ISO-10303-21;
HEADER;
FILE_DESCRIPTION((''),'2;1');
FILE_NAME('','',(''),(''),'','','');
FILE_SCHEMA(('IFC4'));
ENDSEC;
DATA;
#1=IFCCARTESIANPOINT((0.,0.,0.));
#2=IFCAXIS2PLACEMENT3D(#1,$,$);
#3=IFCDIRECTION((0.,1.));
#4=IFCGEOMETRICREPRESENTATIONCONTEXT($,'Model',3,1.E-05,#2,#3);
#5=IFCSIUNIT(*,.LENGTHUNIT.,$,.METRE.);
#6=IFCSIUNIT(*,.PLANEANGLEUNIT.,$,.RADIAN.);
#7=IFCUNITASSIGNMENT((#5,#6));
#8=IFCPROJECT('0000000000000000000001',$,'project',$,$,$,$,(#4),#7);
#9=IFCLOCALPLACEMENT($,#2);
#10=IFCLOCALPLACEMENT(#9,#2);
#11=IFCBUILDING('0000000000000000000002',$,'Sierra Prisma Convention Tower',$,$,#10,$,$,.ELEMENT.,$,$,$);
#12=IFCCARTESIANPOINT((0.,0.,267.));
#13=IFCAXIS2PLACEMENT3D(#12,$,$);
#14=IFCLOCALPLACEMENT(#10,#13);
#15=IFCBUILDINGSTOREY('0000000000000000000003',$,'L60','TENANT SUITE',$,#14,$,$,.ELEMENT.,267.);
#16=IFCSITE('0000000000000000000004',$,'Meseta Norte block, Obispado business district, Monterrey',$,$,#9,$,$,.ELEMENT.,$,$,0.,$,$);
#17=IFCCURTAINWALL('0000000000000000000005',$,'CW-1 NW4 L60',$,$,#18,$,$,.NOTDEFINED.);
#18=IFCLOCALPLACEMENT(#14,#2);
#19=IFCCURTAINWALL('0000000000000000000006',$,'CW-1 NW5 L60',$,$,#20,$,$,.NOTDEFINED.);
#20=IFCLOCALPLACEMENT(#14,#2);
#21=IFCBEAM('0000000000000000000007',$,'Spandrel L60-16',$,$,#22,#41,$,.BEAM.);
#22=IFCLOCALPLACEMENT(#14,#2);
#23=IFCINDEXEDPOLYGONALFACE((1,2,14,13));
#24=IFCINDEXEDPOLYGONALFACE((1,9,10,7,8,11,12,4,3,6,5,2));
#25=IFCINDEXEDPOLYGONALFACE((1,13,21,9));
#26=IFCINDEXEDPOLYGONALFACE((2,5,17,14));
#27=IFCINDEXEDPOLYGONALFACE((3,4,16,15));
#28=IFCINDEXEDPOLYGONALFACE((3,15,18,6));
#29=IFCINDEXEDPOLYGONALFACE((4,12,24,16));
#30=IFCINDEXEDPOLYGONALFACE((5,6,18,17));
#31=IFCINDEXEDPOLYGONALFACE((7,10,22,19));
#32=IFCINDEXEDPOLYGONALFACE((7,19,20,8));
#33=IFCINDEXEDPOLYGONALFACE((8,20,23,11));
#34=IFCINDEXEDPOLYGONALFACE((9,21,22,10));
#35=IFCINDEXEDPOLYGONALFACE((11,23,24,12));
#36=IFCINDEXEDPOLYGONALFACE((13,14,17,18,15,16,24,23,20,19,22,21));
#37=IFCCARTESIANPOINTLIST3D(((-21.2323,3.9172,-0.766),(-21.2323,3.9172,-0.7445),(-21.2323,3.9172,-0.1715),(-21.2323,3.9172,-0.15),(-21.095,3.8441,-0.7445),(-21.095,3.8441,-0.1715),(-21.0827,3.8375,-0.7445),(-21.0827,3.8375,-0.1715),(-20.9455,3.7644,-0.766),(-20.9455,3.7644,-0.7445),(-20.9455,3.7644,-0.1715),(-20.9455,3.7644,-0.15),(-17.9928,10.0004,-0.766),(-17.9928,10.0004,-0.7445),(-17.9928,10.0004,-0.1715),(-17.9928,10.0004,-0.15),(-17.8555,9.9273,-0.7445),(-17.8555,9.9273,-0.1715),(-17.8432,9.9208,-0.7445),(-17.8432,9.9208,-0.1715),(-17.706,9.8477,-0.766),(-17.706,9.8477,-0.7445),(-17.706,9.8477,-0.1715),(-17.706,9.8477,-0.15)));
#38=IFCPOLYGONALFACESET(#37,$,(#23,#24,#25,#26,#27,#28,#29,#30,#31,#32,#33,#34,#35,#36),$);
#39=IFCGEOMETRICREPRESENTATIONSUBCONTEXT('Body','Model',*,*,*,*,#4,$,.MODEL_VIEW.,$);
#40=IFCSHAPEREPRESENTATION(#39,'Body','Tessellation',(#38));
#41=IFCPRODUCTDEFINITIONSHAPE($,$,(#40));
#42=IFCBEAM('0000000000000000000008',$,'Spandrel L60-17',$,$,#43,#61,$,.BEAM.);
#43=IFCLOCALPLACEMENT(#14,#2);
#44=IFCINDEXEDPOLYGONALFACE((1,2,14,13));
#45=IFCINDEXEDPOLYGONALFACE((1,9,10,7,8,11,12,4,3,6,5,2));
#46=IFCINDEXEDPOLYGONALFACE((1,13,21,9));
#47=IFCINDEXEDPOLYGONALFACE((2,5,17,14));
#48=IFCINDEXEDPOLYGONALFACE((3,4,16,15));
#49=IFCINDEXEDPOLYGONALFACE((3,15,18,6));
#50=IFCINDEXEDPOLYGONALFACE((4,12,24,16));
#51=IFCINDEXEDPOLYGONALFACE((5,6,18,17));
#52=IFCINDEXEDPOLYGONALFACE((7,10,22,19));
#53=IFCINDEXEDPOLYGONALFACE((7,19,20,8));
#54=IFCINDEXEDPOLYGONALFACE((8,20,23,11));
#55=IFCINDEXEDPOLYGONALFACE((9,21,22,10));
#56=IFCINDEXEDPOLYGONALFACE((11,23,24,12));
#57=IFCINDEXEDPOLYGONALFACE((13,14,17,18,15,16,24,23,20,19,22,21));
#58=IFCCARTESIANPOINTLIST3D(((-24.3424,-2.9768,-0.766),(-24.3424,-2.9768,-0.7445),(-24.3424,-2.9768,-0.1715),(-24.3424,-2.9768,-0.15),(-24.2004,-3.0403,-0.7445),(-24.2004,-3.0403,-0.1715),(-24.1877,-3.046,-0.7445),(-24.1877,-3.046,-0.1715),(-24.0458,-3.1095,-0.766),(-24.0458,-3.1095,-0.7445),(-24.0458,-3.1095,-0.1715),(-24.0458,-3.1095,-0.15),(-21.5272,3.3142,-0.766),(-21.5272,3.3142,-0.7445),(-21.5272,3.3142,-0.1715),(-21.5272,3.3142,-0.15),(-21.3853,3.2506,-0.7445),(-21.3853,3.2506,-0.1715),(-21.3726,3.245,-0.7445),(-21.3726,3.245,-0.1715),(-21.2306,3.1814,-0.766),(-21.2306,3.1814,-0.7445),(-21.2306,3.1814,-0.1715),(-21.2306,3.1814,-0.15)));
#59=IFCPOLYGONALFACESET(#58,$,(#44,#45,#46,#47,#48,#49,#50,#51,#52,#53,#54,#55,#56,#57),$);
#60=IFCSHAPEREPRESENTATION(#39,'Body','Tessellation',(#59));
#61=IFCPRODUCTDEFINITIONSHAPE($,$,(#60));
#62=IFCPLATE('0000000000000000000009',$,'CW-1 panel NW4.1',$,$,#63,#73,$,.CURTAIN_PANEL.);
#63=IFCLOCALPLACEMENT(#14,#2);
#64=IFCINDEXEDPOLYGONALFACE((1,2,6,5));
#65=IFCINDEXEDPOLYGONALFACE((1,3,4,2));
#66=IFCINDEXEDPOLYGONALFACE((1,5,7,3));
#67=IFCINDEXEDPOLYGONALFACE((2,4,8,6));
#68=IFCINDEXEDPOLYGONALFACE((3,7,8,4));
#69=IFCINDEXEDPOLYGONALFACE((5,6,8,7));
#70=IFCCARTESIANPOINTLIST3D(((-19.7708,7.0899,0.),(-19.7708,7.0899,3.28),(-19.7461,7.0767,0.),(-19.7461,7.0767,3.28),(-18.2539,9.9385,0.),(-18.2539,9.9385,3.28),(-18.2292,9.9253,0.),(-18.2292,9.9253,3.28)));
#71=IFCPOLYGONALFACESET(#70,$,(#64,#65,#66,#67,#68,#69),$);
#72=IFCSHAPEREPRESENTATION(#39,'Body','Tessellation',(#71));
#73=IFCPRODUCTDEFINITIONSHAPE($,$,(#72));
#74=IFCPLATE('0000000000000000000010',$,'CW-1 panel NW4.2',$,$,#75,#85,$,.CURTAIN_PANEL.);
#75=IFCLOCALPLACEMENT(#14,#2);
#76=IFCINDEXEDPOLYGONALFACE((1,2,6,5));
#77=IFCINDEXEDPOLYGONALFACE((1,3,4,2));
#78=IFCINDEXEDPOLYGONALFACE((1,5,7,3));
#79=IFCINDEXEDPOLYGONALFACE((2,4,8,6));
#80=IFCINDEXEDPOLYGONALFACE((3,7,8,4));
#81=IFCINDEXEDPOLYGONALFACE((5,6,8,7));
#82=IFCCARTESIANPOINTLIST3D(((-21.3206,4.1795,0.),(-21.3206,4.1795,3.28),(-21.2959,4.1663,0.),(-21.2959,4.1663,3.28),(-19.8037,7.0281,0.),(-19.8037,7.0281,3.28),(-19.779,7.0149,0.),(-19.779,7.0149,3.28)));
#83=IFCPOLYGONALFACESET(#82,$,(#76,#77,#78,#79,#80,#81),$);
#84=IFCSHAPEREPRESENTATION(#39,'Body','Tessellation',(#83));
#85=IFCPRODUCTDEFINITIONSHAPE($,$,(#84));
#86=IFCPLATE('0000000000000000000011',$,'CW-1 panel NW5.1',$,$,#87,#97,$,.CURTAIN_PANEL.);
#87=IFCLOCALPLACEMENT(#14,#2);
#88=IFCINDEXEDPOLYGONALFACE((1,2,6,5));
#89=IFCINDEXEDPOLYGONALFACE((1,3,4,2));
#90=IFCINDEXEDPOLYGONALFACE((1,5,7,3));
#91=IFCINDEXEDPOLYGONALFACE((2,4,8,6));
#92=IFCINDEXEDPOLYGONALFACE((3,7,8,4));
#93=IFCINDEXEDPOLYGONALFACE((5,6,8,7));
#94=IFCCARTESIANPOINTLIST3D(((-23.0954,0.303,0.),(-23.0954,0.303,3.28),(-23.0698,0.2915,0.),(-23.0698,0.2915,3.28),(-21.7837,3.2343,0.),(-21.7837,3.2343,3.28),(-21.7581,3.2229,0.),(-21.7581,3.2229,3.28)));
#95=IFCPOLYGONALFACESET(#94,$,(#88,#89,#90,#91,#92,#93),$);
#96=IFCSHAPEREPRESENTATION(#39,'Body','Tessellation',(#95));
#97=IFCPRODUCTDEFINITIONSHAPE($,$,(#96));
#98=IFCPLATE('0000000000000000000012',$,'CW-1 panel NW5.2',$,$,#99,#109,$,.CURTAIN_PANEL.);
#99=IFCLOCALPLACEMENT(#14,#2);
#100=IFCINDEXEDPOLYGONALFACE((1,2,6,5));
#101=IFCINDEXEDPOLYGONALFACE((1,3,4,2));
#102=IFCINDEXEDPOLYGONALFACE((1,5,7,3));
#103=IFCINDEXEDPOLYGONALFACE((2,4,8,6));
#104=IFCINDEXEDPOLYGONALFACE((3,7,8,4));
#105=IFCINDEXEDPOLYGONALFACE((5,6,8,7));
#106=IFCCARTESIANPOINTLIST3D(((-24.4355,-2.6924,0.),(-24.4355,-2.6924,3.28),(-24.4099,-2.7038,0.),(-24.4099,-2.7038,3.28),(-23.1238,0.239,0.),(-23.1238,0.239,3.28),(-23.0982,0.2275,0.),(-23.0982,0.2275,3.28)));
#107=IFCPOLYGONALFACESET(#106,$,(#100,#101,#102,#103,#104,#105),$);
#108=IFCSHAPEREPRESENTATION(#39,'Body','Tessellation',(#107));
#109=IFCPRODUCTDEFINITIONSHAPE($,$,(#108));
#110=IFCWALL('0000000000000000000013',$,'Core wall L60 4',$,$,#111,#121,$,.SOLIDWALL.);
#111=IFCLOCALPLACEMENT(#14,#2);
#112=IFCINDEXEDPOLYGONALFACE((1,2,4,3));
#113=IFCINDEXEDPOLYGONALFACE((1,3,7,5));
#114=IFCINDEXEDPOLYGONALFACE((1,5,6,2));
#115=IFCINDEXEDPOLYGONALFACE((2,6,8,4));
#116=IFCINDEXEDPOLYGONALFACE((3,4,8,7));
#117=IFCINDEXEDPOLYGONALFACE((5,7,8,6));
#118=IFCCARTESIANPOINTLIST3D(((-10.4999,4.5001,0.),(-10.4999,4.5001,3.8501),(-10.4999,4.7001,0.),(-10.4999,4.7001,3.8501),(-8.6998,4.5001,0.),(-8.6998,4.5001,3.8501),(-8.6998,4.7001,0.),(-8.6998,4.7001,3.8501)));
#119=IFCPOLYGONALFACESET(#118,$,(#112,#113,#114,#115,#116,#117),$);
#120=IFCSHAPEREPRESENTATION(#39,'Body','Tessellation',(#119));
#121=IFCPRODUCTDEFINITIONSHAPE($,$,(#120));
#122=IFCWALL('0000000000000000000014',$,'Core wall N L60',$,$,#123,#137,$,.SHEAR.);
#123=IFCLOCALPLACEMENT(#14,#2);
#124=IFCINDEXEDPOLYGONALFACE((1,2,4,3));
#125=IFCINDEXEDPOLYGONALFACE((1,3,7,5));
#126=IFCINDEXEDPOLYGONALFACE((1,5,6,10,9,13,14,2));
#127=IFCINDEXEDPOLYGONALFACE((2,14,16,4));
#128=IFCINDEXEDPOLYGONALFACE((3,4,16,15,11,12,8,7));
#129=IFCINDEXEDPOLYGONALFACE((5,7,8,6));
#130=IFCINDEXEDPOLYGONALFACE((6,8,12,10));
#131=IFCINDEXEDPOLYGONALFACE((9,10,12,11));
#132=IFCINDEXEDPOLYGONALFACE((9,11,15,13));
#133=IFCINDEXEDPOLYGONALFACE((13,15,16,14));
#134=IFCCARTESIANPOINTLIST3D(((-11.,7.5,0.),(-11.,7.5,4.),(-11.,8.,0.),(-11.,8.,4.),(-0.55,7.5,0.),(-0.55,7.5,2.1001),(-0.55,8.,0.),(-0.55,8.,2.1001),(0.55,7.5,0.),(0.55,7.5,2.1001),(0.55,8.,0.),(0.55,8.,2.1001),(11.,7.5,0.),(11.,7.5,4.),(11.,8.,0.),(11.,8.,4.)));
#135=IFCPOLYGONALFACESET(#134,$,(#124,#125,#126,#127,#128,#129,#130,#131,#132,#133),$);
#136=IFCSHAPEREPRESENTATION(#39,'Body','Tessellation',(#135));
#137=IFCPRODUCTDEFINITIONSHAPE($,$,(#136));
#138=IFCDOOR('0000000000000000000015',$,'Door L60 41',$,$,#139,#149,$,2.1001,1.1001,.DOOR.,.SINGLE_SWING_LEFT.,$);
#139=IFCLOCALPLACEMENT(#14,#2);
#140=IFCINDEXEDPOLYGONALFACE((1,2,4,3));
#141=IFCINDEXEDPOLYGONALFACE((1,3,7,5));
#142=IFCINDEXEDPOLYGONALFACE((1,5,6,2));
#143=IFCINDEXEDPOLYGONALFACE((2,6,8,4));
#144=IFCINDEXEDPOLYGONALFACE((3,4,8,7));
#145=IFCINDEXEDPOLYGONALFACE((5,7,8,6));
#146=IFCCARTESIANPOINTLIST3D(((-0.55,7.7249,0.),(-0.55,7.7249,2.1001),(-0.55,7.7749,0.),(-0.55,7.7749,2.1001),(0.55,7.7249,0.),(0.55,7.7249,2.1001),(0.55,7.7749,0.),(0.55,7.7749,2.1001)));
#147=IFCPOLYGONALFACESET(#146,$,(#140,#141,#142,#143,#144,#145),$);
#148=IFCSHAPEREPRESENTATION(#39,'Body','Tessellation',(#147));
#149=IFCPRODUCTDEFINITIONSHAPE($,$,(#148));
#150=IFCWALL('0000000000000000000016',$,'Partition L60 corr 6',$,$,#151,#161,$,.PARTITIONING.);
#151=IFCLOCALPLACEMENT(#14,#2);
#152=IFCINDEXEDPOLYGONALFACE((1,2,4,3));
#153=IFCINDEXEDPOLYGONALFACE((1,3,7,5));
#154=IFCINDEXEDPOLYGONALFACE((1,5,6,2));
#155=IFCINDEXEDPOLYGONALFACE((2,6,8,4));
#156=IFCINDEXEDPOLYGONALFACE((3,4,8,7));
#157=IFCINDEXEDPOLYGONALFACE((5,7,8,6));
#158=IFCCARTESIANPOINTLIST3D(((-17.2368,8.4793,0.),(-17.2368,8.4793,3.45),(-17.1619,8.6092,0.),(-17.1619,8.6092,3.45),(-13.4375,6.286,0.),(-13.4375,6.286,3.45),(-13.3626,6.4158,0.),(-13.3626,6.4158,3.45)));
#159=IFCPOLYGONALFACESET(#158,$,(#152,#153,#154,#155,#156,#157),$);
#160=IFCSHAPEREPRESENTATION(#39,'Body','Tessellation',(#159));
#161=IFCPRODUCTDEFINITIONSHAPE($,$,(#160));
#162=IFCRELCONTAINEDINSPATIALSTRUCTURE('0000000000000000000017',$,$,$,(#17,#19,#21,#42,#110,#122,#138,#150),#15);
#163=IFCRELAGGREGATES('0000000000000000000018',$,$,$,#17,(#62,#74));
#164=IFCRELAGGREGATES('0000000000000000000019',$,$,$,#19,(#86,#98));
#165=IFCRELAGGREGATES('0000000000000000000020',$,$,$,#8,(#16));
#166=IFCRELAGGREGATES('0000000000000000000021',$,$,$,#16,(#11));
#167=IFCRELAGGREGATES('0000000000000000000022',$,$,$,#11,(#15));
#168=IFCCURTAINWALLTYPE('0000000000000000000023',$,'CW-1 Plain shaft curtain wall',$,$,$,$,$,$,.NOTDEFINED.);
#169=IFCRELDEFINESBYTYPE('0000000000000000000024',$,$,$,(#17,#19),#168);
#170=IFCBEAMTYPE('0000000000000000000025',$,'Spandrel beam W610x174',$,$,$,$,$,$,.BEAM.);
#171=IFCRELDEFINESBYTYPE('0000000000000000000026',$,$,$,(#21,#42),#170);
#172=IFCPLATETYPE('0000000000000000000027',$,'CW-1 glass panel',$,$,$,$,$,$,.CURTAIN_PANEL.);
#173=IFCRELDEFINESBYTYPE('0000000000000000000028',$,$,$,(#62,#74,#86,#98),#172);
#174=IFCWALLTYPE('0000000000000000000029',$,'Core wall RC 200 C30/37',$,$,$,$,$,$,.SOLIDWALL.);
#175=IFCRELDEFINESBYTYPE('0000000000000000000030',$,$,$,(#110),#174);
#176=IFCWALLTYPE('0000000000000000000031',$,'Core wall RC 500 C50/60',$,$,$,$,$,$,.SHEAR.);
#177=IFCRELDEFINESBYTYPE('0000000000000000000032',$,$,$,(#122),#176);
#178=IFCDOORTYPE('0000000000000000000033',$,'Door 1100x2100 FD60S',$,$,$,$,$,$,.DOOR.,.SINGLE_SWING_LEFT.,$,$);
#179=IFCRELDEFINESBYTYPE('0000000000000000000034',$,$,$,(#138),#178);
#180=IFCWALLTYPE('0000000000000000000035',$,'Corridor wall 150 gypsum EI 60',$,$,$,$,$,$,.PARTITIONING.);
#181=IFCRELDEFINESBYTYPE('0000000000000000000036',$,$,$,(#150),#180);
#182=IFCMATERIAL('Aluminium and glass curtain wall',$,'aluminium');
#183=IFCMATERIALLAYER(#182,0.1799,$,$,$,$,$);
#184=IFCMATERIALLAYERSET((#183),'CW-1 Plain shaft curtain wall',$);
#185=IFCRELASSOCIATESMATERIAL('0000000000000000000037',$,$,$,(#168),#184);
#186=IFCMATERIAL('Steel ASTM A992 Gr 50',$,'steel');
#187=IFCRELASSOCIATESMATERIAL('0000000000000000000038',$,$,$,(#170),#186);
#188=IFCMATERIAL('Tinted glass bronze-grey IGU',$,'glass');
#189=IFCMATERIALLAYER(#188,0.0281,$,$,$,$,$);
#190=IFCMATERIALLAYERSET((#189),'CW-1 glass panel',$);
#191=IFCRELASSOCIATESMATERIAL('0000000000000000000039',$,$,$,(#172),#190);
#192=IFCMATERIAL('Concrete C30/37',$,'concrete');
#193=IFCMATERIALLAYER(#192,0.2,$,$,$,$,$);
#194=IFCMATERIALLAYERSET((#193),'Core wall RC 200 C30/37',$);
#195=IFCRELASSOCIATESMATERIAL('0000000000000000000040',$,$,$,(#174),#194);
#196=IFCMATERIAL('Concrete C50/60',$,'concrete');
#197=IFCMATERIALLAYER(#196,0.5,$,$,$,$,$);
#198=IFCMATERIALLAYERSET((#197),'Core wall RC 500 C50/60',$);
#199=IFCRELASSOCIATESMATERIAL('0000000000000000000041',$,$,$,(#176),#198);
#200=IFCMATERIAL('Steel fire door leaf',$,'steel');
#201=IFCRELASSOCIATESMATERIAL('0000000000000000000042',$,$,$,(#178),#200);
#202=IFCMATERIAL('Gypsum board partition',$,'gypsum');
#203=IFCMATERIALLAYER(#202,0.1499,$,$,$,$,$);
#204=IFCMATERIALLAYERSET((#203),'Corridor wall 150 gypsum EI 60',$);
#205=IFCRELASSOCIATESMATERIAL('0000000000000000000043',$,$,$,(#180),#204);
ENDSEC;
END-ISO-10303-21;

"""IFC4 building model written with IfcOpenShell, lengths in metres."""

from ifc_helpers import new_model, si_unit, direction, frame, frame_2d, origin, origin_2d, place, context, subcontext, project, spatial, rectangle, i_section, extrude, material, layer, layer_set, material_profile, profile_set, type_object, element, fill, aggregate, save


model = new_model("IFC4")

# Units and contexts
model_context = context("Model", 3, precision=1e-05, world=origin(), true_north=direction((0.0, 1.0)))
body_context = subcontext(model_context, "Body", "Model", "MODEL_VIEW")
ifc_project = project(units=[si_unit("LENGTHUNIT", "METRE"), si_unit("PLANEANGLEUNIT", "RADIAN")], contexts=[model_context])

# Site, building, storey
site_placement = place(None, origin())
site = spatial("IfcSite", under=ifc_project, at=site_placement, Name="Meseta Norte block, Obispado business district, Monterrey", CompositionType="ELEMENT", RefElevation=0.0)
building_placement = place(site_placement, origin())
building = spatial("IfcBuilding", under=site, at=building_placement, Name="Sierra Prisma Convention Tower", CompositionType="ELEMENT")
storey_placement = place(building_placement, frame((0.0, 0.0, 267.0)))
storey = spatial("IfcBuildingStorey", under=building, at=storey_placement, Name="L60", Description="TENANT SUITE", CompositionType="ELEMENT", Elevation=267.0)

# Curtain wall
ifc_material_1 = material(Name="Aluminium and glass curtain wall", Category="aluminium")
ifc_layer_1 = layer(ifc_material_1, 0.1799)
ifc_layer_set_1 = layer_set([ifc_layer_1], Name="CW-1 Plain shaft curtain wall")
curtain_wall_type = type_object("IfcCurtainWallType", Name="CW-1 Plain shaft curtain wall", PredefinedType="NOTDEFINED", material=ifc_layer_set_1)
curtain_wall_1_placement = place(storey_placement, origin())
curtain_wall_1 = element("IfcCurtainWall", 1, at=curtain_wall_1_placement, inside=storey, type_object=curtain_wall_type, Name="CW-1 NW4 L60", PredefinedType="NOTDEFINED")

# Curtain wall
curtain_wall_2_placement = place(storey_placement, origin())
curtain_wall_2 = element("IfcCurtainWall", 2, at=curtain_wall_2_placement, inside=storey, type_object=curtain_wall_type, Name="CW-1 NW5 L60", PredefinedType="NOTDEFINED")

# Beams
ifc_material_2 = material(Name="Steel ASTM A992 Gr 50", Category="steel")
ifc_material_profile_1 = material_profile(ifc_material_2, i_section(OverallWidth=0.325, OverallDepth=0.616, WebThickness=0.0139, FlangeThickness=0.0215, at=origin_2d()), Name="W610x174")
ifc_profile_set_1 = profile_set([ifc_material_profile_1], Name="Steel ASTM A992 Gr 50")
beam_type_1 = type_object("IfcBeamType", Name="Spandrel beam W610x174", PredefinedType="BEAM", material=ifc_profile_set_1)
for number, where, z_axis, x_axis, name in (
    (3, (-17.8494, 9.9241, -0.458), (-0.470035, -0.882648, 0.0), (0.882648, -0.470035, 0.0), "Spandrel L60-16"),
    (4, (-21.3789, 3.2478, -0.458), (-0.408461, -0.912776, 0.0), (0.912776, -0.408461, 0.0), "Spandrel L60-17"),
):
    element("IfcBeam", number, at=place(storey_placement, frame(where, z_axis=z_axis, x_axis=x_axis)), inside=storey, type_object=beam_type_1, Name=name, PredefinedType="BEAM", context=body_context, shape_type="SweptSolid", body=[
        extrude(i_section(OverallWidth=0.325, OverallDepth=0.616, WebThickness=0.0139, FlangeThickness=0.0215, at=origin_2d()), origin(), (0.0, 0.0, 1.0), 6.8921),
    ])

# Plates
ifc_material_3 = material(Name="Tinted glass bronze-grey IGU", Category="glass")
ifc_layer_2 = layer(ifc_material_3, 0.0281)
ifc_layer_set_2 = layer_set([ifc_layer_2], Name="CW-1 glass panel")
plate_type = type_object("IfcPlateType", Name="CW-1 glass panel", PredefinedType="CURTAIN_PANEL", material=ifc_layer_set_2)
plate_1_placement = place(storey_placement, frame((-19.0, 8.5076, 0.0), z_axis=(0.0, 0.0, 1.0), x_axis=(-0.470023, -0.882654, 0.0)))
plate_1 = element("IfcPlate", 5, at=plate_1_placement, type_object=plate_type, Name="CW-1 panel NW4.1", PredefinedType="CURTAIN_PANEL", context=body_context, shape_type="SweptSolid", body=[
    extrude(rectangle(XDim=3.2273, YDim=0.0281, at=origin_2d()), origin(), (0.0, 0.0, 1.0), 3.28),
])
plate_2_placement = place(storey_placement, frame((-20.5498, 5.5972, 0.0), z_axis=(0.0, 0.0, 1.0), x_axis=(-0.470023, -0.882654, 0.0)))
plate_2 = element("IfcPlate", 6, at=plate_2_placement, type_object=plate_type, Name="CW-1 panel NW4.2", PredefinedType="CURTAIN_PANEL", context=body_context, shape_type="SweptSolid", body=[
    extrude(rectangle(XDim=3.2273, YDim=0.0281, at=origin_2d()), origin(), (0.0, 0.0, 1.0), 3.28),
])
aggregate(curtain_wall_1, [plate_1, plate_2])
plate_3_placement = place(storey_placement, frame((-22.4268, 1.7629, 0.0), z_axis=(0.0, 0.0, 1.0), x_axis=(-0.408447, -0.912782, 0.0)))
plate_3 = element("IfcPlate", 7, at=plate_3_placement, type_object=plate_type, Name="CW-1 panel NW5.1", PredefinedType="CURTAIN_PANEL", context=body_context, shape_type="SweptSolid", body=[
    extrude(rectangle(XDim=3.2114, YDim=0.0281, at=origin_2d()), origin(), (0.0, 0.0, 1.0), 3.28),
])
plate_4_placement = place(storey_placement, frame((-23.7668, -1.2324, 0.0), z_axis=(0.0, 0.0, 1.0), x_axis=(-0.408447, -0.912782, 0.0)))
plate_4 = element("IfcPlate", 8, at=plate_4_placement, type_object=plate_type, Name="CW-1 panel NW5.2", PredefinedType="CURTAIN_PANEL", context=body_context, shape_type="SweptSolid", body=[
    extrude(rectangle(XDim=3.2114, YDim=0.0281, at=origin_2d()), origin(), (0.0, 0.0, 1.0), 3.28),
])
aggregate(curtain_wall_2, [plate_3, plate_4])

# Shared definitions
ifc_material_4 = material(Name="Concrete C30/37", Category="concrete")
ifc_layer_3 = layer(ifc_material_4, 0.2)
ifc_layer_set_3 = layer_set([ifc_layer_3], Name="Core wall RC 200 C30/37")
wall_type_1 = type_object("IfcWallType", Name="Core wall RC 200 C30/37", PredefinedType="SOLIDWALL", material=ifc_layer_set_3)

# Wall
wall_1_placement = place(storey_placement, frame((-8.7, 4.6001, 0.0), z_axis=(0.0, 0.0, 1.0), x_axis=(-1.0, 0.0, 0.0)))
element("IfcWall", 9, at=wall_1_placement, inside=storey, type_object=wall_type_1, Name="Core wall L60 4", PredefinedType="SOLIDWALL", context=body_context, shape_type="SweptSolid", body=[
    extrude(rectangle(XDim=1.8, YDim=0.2, at=frame_2d((0.8999, 0.0))), origin(), (0.0, 0.0, 1.0), 3.8501),
])

# Wall, opening, door
ifc_material_5 = material(Name="Concrete C50/60", Category="concrete")
ifc_layer_4 = layer(ifc_material_5, 0.5)
ifc_layer_set_4 = layer_set([ifc_layer_4], Name="Core wall RC 500 C50/60")
wall_type_2 = type_object("IfcWallType", Name="Core wall RC 500 C50/60", PredefinedType="SHEAR", material=ifc_layer_set_4)
wall_2_placement = place(storey_placement, frame((-11.0, 7.75, 0.0), z_axis=(0.0, 0.0, 1.0), x_axis=(1.0, 0.0, 0.0)))
wall_2 = element("IfcWall", 10, at=wall_2_placement, inside=storey, type_object=wall_type_2, Name="Core wall N L60", PredefinedType="SHEAR", context=body_context, shape_type="SweptSolid", body=[
    extrude(rectangle(XDim=22.0, YDim=0.5, at=frame_2d((11.0, 0.0))), origin(), (0.0, 0.0, 1.0), 4.0),
])
opening_1_placement = place(wall_2_placement, frame((10.45, 0.0, 0.0)))
opening_1 = element("IfcOpeningElement", 11, at=opening_1_placement, cuts=wall_2, PredefinedType="OPENING", context=body_context, shape_type="SweptSolid", body=[
    extrude(rectangle(XDim=1.1001, YDim=2.1001, at=frame_2d((0.55, 1.05))), frame((0.0, 0.25, 0.0), z_axis=(0.0, -1.0, 0.0), x_axis=(1.0, 0.0, 0.0)), (0.0, 0.0, 1.0), 0.5),
])
ifc_material_6 = material(Name="Steel fire door leaf", Category="steel")
door_type_1 = type_object("IfcDoorType", Name="Door 1100x2100 FD60S", OperationType="SINGLE_SWING_LEFT", PredefinedType="DOOR", material=ifc_material_6)
door_1_placement = place(opening_1_placement, origin())
door_1 = element("IfcDoor", 12, at=door_1_placement, inside=storey, type_object=door_type_1, Name="Door L60 41", OperationType="SINGLE_SWING_LEFT", OverallHeight=2.1001, OverallWidth=1.1001, PredefinedType="DOOR", context=body_context, shape_type="SweptSolid", body=[
    extrude(rectangle(XDim=1.1001, YDim=2.1001, at=frame_2d((0.55, 1.05))), frame((0.0, 0.0249, 0.0), z_axis=(0.0, -1.0, 0.0), x_axis=(1.0, 0.0, 0.0)), (0.0, 0.0, 1.0), 0.05),
])
fill(opening_1, door_1)

# Wall
ifc_material_7 = material(Name="Gypsum board partition", Category="gypsum")
ifc_layer_5 = layer(ifc_material_7, 0.1499)
ifc_layer_set_5 = layer_set([ifc_layer_5], Name="Corridor wall 150 gypsum EI 60")
wall_type_3 = type_object("IfcWallType", Name="Corridor wall 150 gypsum EI 60", PredefinedType="PARTITIONING", material=ifc_layer_set_5)
wall_3_placement = place(storey_placement, frame((-17.1992, 8.5442, 0.0), z_axis=(0.0, 0.0, 1.0), x_axis=(0.866043, -0.49997, 0.0)))
element("IfcWall", 13, at=wall_3_placement, inside=storey, type_object=wall_type_3, Name="Partition L60 corr 6", PredefinedType="PARTITIONING", context=body_context, shape_type="SweptSolid", body=[
    extrude(rectangle(XDim=4.387, YDim=0.1499, at=frame_2d((2.1934, 0.0))), origin(), (0.0, 0.0, 1.0), 3.45),
])

save(model, "model.ifc")
